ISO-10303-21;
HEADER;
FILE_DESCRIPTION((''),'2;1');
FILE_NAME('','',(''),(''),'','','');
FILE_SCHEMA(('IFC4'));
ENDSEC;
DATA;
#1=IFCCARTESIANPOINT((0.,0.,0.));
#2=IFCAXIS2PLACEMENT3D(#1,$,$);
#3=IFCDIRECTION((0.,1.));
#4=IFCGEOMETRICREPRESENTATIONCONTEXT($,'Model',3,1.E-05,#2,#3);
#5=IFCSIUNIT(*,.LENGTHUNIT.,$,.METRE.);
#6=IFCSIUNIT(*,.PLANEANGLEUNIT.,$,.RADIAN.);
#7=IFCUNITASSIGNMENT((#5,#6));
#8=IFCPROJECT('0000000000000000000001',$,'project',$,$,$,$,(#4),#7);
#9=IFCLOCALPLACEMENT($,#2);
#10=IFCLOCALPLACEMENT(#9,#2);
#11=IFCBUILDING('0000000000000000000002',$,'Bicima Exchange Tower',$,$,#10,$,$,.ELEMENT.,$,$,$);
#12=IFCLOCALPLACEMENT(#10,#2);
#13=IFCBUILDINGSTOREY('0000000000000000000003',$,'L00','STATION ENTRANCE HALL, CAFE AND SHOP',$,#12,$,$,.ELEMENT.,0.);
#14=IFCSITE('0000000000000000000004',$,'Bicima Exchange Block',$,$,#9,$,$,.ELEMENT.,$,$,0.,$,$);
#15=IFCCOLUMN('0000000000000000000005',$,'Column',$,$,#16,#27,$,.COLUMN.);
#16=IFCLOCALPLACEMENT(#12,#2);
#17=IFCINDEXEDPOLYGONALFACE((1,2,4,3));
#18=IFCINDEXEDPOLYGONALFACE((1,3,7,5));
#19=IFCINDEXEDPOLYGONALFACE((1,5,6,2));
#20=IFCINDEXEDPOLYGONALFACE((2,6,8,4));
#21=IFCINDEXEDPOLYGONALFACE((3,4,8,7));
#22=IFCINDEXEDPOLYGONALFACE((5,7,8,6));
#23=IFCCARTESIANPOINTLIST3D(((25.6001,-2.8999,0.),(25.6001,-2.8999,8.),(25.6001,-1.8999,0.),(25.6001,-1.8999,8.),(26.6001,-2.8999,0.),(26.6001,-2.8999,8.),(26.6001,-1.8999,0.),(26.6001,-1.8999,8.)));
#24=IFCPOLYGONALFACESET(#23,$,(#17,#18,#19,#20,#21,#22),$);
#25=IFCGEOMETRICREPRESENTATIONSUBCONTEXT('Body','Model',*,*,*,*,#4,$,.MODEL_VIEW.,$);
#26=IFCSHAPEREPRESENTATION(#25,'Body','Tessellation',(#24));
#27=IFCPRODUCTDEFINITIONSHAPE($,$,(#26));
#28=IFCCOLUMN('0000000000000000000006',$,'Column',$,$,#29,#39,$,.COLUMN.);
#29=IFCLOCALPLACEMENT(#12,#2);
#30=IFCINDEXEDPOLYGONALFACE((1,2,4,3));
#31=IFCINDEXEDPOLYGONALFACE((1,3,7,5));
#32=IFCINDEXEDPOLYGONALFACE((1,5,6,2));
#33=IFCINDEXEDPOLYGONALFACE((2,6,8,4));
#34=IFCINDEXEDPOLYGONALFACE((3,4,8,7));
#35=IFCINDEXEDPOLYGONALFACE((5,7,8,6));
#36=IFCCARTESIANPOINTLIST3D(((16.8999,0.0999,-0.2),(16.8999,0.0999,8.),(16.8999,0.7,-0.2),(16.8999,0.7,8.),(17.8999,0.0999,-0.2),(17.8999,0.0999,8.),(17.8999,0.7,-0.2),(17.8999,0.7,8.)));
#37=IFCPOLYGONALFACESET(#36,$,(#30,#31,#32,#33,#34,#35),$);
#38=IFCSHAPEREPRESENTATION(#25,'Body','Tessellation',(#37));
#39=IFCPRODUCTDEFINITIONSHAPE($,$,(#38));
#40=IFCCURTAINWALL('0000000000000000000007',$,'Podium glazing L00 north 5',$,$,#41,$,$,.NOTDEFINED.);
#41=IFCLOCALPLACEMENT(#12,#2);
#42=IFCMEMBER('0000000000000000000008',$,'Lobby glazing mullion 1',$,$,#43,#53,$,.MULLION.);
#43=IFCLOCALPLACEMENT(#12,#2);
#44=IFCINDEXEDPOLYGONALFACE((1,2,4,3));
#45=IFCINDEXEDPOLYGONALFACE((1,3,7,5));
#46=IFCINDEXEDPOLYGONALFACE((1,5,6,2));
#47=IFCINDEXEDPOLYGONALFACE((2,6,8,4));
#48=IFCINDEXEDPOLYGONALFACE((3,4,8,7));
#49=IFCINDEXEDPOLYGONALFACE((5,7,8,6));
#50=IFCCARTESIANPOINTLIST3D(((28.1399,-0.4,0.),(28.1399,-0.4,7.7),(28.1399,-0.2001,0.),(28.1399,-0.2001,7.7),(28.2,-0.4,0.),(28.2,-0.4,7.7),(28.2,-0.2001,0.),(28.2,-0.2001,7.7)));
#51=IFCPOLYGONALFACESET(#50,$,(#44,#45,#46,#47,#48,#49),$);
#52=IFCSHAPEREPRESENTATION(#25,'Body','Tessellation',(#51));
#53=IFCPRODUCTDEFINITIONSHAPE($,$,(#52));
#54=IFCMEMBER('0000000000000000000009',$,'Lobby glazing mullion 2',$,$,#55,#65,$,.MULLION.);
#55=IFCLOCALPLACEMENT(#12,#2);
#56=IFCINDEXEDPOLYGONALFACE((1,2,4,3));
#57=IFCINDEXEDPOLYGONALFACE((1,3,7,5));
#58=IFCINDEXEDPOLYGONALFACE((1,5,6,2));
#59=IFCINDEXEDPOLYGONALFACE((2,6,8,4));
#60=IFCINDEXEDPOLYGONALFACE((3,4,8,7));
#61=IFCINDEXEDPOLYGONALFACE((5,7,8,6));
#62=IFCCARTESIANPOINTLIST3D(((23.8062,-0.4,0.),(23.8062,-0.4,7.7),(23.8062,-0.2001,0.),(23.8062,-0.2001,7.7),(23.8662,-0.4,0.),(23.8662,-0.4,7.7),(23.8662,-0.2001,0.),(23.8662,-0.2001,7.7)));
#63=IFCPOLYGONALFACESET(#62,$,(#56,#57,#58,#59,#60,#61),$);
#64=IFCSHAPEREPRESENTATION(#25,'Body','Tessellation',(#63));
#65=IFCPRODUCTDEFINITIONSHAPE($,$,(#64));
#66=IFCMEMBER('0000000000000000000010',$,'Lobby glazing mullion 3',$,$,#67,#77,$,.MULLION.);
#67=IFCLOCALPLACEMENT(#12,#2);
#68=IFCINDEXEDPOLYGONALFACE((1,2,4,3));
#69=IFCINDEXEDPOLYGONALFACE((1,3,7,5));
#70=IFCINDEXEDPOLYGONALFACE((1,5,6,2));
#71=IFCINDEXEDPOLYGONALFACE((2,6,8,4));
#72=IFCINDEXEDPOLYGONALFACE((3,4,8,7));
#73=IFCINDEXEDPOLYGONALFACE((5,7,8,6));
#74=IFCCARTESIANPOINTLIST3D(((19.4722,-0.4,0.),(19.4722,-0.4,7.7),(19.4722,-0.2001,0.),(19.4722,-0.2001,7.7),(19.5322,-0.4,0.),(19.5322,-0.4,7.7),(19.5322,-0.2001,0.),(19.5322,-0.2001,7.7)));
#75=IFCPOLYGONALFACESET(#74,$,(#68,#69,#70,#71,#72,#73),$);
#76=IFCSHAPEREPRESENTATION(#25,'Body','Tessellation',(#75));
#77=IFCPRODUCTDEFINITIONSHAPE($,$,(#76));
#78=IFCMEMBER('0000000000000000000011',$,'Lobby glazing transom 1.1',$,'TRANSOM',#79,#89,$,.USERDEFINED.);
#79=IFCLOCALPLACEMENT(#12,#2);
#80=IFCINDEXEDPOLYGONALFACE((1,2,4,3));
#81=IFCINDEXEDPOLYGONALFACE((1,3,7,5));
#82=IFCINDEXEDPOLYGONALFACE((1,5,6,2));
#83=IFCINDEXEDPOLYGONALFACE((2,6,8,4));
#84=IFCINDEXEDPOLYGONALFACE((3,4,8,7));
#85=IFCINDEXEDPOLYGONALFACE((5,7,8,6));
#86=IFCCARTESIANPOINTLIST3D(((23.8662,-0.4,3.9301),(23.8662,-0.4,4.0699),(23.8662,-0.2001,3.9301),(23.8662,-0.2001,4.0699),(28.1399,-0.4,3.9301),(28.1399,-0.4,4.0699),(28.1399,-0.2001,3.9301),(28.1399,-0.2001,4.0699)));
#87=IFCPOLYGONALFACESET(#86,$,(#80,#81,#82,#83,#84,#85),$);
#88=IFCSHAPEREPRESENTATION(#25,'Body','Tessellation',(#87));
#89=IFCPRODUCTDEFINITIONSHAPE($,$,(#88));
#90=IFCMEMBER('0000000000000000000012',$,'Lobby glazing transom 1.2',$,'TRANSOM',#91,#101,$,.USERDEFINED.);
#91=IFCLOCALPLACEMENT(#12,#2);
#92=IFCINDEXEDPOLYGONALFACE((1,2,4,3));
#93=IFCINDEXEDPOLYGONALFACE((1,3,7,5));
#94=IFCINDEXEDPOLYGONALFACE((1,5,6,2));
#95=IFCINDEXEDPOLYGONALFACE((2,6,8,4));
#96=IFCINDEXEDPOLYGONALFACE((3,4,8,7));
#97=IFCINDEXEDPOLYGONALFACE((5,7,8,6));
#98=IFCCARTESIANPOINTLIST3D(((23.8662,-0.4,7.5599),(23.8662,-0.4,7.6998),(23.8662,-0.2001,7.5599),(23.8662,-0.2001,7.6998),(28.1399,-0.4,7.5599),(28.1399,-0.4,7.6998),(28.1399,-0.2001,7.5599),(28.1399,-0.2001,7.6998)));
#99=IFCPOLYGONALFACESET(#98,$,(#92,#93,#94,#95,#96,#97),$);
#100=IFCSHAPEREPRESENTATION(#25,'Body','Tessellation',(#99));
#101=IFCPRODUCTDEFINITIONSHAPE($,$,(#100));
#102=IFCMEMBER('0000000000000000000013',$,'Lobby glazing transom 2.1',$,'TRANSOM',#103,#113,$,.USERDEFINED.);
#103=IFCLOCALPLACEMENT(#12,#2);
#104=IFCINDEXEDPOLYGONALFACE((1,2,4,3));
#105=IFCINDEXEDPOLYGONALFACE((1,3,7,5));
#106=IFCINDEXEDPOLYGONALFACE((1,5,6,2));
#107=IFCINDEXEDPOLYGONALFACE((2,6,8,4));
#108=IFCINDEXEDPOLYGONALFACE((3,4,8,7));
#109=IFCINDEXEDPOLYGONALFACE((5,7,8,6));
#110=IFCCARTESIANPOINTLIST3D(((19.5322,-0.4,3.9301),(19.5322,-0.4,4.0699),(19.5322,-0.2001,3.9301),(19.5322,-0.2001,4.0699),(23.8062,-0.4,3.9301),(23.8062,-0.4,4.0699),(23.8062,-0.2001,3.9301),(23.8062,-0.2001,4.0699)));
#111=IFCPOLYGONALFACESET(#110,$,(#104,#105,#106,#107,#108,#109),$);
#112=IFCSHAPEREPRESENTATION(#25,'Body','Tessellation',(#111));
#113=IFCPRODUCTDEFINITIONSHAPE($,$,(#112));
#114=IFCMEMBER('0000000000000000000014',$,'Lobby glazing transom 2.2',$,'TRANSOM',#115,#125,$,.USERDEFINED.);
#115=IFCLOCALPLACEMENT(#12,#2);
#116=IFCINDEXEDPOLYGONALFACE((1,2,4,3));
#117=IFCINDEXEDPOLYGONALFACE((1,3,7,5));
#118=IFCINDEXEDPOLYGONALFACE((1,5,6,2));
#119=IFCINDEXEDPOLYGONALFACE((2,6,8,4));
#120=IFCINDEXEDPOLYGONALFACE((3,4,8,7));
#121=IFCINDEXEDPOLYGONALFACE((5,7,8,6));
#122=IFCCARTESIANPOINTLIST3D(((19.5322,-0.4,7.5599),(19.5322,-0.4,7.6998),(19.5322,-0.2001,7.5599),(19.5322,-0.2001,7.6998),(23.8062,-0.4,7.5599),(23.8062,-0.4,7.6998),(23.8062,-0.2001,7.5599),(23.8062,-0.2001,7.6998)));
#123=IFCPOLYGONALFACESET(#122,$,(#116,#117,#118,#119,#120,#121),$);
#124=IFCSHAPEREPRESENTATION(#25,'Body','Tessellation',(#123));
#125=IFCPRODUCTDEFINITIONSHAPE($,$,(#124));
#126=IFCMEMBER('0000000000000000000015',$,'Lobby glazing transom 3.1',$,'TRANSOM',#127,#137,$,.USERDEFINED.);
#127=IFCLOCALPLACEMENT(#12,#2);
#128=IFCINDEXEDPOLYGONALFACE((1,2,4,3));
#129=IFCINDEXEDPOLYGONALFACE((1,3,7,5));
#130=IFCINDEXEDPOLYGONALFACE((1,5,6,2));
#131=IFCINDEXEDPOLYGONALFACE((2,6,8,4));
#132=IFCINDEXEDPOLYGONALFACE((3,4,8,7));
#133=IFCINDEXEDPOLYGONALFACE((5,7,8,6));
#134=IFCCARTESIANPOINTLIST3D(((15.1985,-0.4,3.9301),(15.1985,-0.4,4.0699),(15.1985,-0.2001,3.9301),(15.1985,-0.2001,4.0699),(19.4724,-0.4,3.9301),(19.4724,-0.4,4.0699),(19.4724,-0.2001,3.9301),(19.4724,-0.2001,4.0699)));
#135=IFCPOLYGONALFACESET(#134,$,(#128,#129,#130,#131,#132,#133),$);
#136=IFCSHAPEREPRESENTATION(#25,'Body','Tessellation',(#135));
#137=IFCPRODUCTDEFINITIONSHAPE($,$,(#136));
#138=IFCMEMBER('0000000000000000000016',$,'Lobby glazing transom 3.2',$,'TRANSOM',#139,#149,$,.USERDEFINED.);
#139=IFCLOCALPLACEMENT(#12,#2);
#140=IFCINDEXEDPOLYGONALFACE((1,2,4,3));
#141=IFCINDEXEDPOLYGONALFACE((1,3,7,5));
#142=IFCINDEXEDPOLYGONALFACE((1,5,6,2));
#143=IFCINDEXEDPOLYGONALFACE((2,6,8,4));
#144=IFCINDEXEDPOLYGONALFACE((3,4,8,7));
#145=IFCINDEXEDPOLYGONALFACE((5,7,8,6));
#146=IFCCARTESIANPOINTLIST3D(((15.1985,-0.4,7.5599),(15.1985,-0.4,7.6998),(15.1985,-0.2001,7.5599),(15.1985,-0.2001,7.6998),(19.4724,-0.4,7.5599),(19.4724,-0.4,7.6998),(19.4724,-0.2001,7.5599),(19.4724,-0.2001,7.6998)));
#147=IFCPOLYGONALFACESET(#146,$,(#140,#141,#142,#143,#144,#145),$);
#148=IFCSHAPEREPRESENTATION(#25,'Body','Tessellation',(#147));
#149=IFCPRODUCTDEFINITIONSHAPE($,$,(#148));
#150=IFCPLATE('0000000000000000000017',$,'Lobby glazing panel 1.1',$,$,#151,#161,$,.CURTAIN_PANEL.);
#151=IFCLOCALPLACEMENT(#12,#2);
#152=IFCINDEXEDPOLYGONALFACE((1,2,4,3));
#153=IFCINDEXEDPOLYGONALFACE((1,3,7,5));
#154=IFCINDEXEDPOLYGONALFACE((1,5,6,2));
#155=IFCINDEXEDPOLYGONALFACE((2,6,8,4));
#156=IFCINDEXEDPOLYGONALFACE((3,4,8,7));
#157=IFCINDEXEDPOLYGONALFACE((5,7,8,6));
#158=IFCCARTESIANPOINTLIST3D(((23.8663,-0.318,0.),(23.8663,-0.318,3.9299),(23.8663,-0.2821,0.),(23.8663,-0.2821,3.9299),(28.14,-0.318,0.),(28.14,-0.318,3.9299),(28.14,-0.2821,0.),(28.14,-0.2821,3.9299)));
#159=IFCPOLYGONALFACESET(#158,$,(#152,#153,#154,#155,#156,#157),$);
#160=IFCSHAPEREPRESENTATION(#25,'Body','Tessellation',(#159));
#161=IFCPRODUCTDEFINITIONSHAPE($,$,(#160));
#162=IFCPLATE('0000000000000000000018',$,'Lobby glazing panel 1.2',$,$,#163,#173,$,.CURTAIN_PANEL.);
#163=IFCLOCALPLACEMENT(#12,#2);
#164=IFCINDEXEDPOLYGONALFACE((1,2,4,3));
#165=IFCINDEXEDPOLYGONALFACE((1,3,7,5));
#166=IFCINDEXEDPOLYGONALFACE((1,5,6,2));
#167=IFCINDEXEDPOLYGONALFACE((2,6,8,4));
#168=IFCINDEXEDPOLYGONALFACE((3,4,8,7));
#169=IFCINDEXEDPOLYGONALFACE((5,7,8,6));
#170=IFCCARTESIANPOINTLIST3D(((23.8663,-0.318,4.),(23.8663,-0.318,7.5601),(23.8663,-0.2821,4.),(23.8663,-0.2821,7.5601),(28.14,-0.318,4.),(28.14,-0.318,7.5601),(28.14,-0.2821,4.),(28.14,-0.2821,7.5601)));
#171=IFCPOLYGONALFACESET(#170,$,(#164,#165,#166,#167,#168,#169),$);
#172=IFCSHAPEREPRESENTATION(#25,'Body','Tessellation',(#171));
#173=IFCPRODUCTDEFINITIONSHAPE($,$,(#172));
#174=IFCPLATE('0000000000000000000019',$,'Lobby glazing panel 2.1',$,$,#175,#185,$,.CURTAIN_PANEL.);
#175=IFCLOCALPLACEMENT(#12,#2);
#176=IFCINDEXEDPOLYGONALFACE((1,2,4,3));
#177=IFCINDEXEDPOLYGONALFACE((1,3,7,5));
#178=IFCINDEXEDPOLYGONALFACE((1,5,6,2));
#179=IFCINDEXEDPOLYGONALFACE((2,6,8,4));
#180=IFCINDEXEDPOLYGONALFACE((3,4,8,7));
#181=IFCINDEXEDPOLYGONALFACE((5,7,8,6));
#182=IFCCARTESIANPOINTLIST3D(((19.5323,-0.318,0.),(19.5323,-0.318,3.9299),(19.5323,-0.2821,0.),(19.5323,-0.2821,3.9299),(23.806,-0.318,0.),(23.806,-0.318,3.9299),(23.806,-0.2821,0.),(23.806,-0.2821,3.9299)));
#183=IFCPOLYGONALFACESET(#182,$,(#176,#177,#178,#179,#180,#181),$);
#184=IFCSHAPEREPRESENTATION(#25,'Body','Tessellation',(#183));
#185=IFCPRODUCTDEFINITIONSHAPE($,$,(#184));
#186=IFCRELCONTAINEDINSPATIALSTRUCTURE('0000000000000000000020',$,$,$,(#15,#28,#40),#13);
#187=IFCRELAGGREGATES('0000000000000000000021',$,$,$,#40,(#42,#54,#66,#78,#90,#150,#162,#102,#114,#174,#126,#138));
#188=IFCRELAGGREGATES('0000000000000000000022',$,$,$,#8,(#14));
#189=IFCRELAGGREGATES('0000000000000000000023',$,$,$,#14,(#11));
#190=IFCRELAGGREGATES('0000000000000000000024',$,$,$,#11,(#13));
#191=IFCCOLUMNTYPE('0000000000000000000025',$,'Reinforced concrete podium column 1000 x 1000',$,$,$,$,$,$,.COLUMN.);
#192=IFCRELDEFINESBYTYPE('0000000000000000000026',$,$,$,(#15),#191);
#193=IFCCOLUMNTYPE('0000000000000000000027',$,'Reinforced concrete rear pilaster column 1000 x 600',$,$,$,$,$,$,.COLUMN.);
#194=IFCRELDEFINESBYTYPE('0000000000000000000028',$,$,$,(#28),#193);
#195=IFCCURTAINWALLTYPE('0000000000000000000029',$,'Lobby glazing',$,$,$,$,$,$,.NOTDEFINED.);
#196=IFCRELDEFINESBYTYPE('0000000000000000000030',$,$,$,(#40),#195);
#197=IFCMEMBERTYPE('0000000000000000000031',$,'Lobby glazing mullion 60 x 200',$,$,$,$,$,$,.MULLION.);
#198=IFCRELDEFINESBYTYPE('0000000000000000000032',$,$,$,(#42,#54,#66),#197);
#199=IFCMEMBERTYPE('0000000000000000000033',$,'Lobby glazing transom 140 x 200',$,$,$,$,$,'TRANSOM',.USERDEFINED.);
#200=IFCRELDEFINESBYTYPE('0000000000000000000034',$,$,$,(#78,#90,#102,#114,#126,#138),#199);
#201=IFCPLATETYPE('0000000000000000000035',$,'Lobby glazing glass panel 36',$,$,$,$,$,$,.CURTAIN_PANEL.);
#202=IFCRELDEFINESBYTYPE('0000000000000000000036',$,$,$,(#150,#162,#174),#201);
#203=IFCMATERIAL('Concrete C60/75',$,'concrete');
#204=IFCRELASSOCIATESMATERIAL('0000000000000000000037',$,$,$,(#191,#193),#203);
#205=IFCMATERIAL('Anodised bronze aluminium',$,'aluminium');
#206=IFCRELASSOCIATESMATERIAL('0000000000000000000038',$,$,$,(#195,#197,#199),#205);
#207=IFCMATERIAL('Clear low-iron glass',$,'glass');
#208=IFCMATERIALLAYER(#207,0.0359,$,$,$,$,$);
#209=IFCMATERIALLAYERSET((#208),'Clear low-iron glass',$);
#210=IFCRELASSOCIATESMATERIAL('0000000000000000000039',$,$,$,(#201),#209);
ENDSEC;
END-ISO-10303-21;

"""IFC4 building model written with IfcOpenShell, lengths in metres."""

from ifc_helpers import new_model, si_unit, direction, frame, origin, origin_2d, place, context, subcontext, project, spatial, rectangle, extrude, material, layer, layer_set, material_profile, profile_set, type_object, element, aggregate, save


model = new_model("IFC4")

# Units and contexts
model_context = context("Model", 3, precision=1e-05, world=origin(), true_north=direction((0.0, 1.0)))
body_context = subcontext(model_context, "Body", "Model", "MODEL_VIEW")
ifc_project = project(units=[si_unit("LENGTHUNIT", "METRE"), si_unit("PLANEANGLEUNIT", "RADIAN")], contexts=[model_context])

# Site, building, storey
site_placement = place(None, origin())
site = spatial("IfcSite", under=ifc_project, at=site_placement, Name="Bicima Exchange Block", CompositionType="ELEMENT", RefElevation=0.0)
building_placement = place(site_placement, origin())
building = spatial("IfcBuilding", under=site, at=building_placement, Name="Bicima Exchange Tower", CompositionType="ELEMENT")
storey_placement = place(building_placement, origin())
storey = spatial("IfcBuildingStorey", under=building, at=storey_placement, Name="L00", Description="STATION ENTRANCE HALL, CAFE AND SHOP", CompositionType="ELEMENT", Elevation=0.0)

# Columns
ifc_material_1 = material(Name="Concrete C60/75", Category="concrete")
ifc_material_profile_1 = material_profile(ifc_material_1, rectangle(XDim=1.0, YDim=1.0, at=origin_2d()))
ifc_profile_set_1 = profile_set([ifc_material_profile_1], Name="Concrete C60/75")
column_type_1 = type_object("IfcColumnType", Name="Reinforced concrete podium column 1000 x 1000", PredefinedType="COLUMN", material=ifc_profile_set_1)
column_1_placement = place(storey_placement, frame((26.1001, -2.3999, 0.0), z_axis=(0.0, 0.0, 1.0), x_axis=(1.0, 0.0, 0.0)))
element("IfcColumn", 1, at=column_1_placement, inside=storey, type_object=column_type_1, Name="Column", PredefinedType="COLUMN", context=body_context, shape_type="SweptSolid", body=[
    extrude(rectangle(XDim=1.0, YDim=1.0, at=origin_2d()), origin(), (0.0, 0.0, 1.0), 8.0),
])
ifc_material_profile_2 = material_profile(ifc_material_1, rectangle(XDim=1.0, YDim=0.6001, at=origin_2d()))
ifc_profile_set_2 = profile_set([ifc_material_profile_2], Name="Concrete C60/75")
column_type_2 = type_object("IfcColumnType", Name="Reinforced concrete rear pilaster column 1000 x 600", PredefinedType="COLUMN", material=ifc_profile_set_2)
column_2_placement = place(storey_placement, frame((17.3999, 0.3999, -0.2), z_axis=(0.0, 0.0, 1.0), x_axis=(1.0, 0.0, 0.0)))
element("IfcColumn", 2, at=column_2_placement, inside=storey, type_object=column_type_2, Name="Column", PredefinedType="COLUMN", context=body_context, shape_type="SweptSolid", body=[
    extrude(rectangle(XDim=1.0, YDim=0.6001, at=origin_2d()), origin(), (0.0, 0.0, 1.0), 8.2),
])

# Curtain wall, members, plates
ifc_material_2 = material(Name="Anodised bronze aluminium", Category="aluminium")
curtain_wall_type = type_object("IfcCurtainWallType", Name="Lobby glazing", PredefinedType="NOTDEFINED", material=ifc_material_2)
curtain_wall_placement = place(storey_placement, origin())
curtain_wall = element("IfcCurtainWall", 3, at=curtain_wall_placement, inside=storey, type_object=curtain_wall_type, Name="Podium glazing L00 north 5", PredefinedType="NOTDEFINED")
ifc_material_profile_3 = material_profile(ifc_material_2, rectangle(XDim=0.2, YDim=0.0601, at=origin_2d()))
ifc_profile_set_3 = profile_set([ifc_material_profile_3], Name="Anodised bronze aluminium")
member_type_1 = type_object("IfcMemberType", Name="Lobby glazing mullion 60 x 200", PredefinedType="MULLION", material=ifc_profile_set_3)
member_1_placement = place(storey_placement, frame((28.1699, -0.3, 0.0), z_axis=(0.0, 0.0, 1.0), x_axis=(0.0, -1.0, 0.0)))
member_1 = element("IfcMember", 4, at=member_1_placement, type_object=member_type_1, Name="Lobby glazing mullion 1", PredefinedType="MULLION", context=body_context, shape_type="SweptSolid", body=[
    extrude(rectangle(XDim=0.2, YDim=0.0601, at=origin_2d()), origin(), (0.0, 0.0, 1.0), 7.7),
])
member_2_placement = place(storey_placement, frame((23.8362, -0.3, 0.0), z_axis=(0.0, 0.0, 1.0), x_axis=(0.0, -1.0, 0.0)))
member_2 = element("IfcMember", 5, at=member_2_placement, type_object=member_type_1, Name="Lobby glazing mullion 2", PredefinedType="MULLION", context=body_context, shape_type="SweptSolid", body=[
    extrude(rectangle(XDim=0.2, YDim=0.0601, at=origin_2d()), origin(), (0.0, 0.0, 1.0), 7.7),
])
member_3_placement = place(storey_placement, frame((19.5022, -0.3, 0.0), z_axis=(0.0, 0.0, 1.0), x_axis=(0.0, -1.0, 0.0)))
member_3 = element("IfcMember", 6, at=member_3_placement, type_object=member_type_1, Name="Lobby glazing mullion 3", PredefinedType="MULLION", context=body_context, shape_type="SweptSolid", body=[
    extrude(rectangle(XDim=0.2, YDim=0.0601, at=origin_2d()), origin(), (0.0, 0.0, 1.0), 7.7),
])
ifc_material_profile_4 = material_profile(ifc_material_2, rectangle(XDim=0.2, YDim=0.1399, at=origin_2d()))
ifc_profile_set_4 = profile_set([ifc_material_profile_4], Name="Anodised bronze aluminium")
member_type_2 = type_object("IfcMemberType", Name="Lobby glazing transom 140 x 200", ElementType="TRANSOM", PredefinedType="USERDEFINED", material=ifc_profile_set_4)
member_4_placement = place(storey_placement, frame((28.1399, -0.3, 4.0), z_axis=(-1.0, 0.0, 0.0), x_axis=(0.0, -1.0, 0.0)))
member_4 = element("IfcMember", 7, at=member_4_placement, type_object=member_type_2, Name="Lobby glazing transom 1.1", ObjectType="TRANSOM", PredefinedType="USERDEFINED", context=body_context, shape_type="SweptSolid", body=[
    extrude(rectangle(XDim=0.2, YDim=0.1399, at=origin_2d()), origin(), (0.0, 0.0, 1.0), 4.2737),
])
member_5_placement = place(storey_placement, frame((28.1399, -0.3, 7.6299), z_axis=(-1.0, 0.0, 0.0), x_axis=(0.0, -1.0, 0.0)))
member_5 = element("IfcMember", 8, at=member_5_placement, type_object=member_type_2, Name="Lobby glazing transom 1.2", ObjectType="TRANSOM", PredefinedType="USERDEFINED", context=body_context, shape_type="SweptSolid", body=[
    extrude(rectangle(XDim=0.2, YDim=0.1399, at=origin_2d()), origin(), (0.0, 0.0, 1.0), 4.2737),
])
member_6_placement = place(storey_placement, frame((23.8062, -0.3, 4.0), z_axis=(-1.0, 0.0, 0.0), x_axis=(0.0, -1.0, 0.0)))
member_6 = element("IfcMember", 9, at=member_6_placement, type_object=member_type_2, Name="Lobby glazing transom 2.1", ObjectType="TRANSOM", PredefinedType="USERDEFINED", context=body_context, shape_type="SweptSolid", body=[
    extrude(rectangle(XDim=0.2, YDim=0.1399, at=origin_2d()), origin(), (0.0, 0.0, 1.0), 4.2739),
])
member_7_placement = place(storey_placement, frame((23.8062, -0.3, 7.6299), z_axis=(-1.0, 0.0, 0.0), x_axis=(0.0, -1.0, 0.0)))
member_7 = element("IfcMember", 10, at=member_7_placement, type_object=member_type_2, Name="Lobby glazing transom 2.2", ObjectType="TRANSOM", PredefinedType="USERDEFINED", context=body_context, shape_type="SweptSolid", body=[
    extrude(rectangle(XDim=0.2, YDim=0.1399, at=origin_2d()), origin(), (0.0, 0.0, 1.0), 4.2739),
])
member_8_placement = place(storey_placement, frame((19.4724, -0.3, 4.0), z_axis=(-1.0, 0.0, 0.0), x_axis=(0.0, -1.0, 0.0)))
member_8 = element("IfcMember", 11, at=member_8_placement, type_object=member_type_2, Name="Lobby glazing transom 3.1", ObjectType="TRANSOM", PredefinedType="USERDEFINED", context=body_context, shape_type="SweptSolid", body=[
    extrude(rectangle(XDim=0.2, YDim=0.1399, at=origin_2d()), origin(), (0.0, 0.0, 1.0), 4.2739),
])
member_9_placement = place(storey_placement, frame((19.4724, -0.3, 7.6299), z_axis=(-1.0, 0.0, 0.0), x_axis=(0.0, -1.0, 0.0)))
member_9 = element("IfcMember", 12, at=member_9_placement, type_object=member_type_2, Name="Lobby glazing transom 3.2", ObjectType="TRANSOM", PredefinedType="USERDEFINED", context=body_context, shape_type="SweptSolid", body=[
    extrude(rectangle(XDim=0.2, YDim=0.1399, at=origin_2d()), origin(), (0.0, 0.0, 1.0), 4.2739),
])
ifc_material_3 = material(Name="Clear low-iron glass", Category="glass")
ifc_layer_1 = layer(ifc_material_3, 0.0359)
ifc_layer_set_1 = layer_set([ifc_layer_1], Name="Clear low-iron glass")
plate_type = type_object("IfcPlateType", Name="Lobby glazing glass panel 36", PredefinedType="CURTAIN_PANEL", material=ifc_layer_set_1)
plate_1_placement = place(storey_placement, frame((26.0032, -0.3, 0.0), z_axis=(0.0, 0.0, 1.0), x_axis=(-1.0, 0.0, 0.0)))
plate_1 = element("IfcPlate", 13, at=plate_1_placement, type_object=plate_type, Name="Lobby glazing panel 1.1", PredefinedType="CURTAIN_PANEL", context=body_context, shape_type="SweptSolid", body=[
    extrude(rectangle(XDim=4.2737, YDim=0.0359, at=origin_2d()), origin(), (0.0, 0.0, 1.0), 3.9299),
])
plate_2_placement = place(storey_placement, frame((26.0032, -0.3, 4.0), z_axis=(0.0, 0.0, 1.0), x_axis=(-1.0, 0.0, 0.0)))
plate_2 = element("IfcPlate", 14, at=plate_2_placement, type_object=plate_type, Name="Lobby glazing panel 1.2", PredefinedType="CURTAIN_PANEL", context=body_context, shape_type="SweptSolid", body=[
    extrude(rectangle(XDim=4.2737, YDim=0.0359, at=origin_2d()), origin(), (0.0, 0.0, 1.0), 3.5601),
])
plate_3_placement = place(storey_placement, frame((21.6692, -0.3, 0.0), z_axis=(0.0, 0.0, 1.0), x_axis=(-1.0, 0.0, 0.0)))
plate_3 = element("IfcPlate", 15, at=plate_3_placement, type_object=plate_type, Name="Lobby glazing panel 2.1", PredefinedType="CURTAIN_PANEL", context=body_context, shape_type="SweptSolid", body=[
    extrude(rectangle(XDim=4.2737, YDim=0.0359, at=origin_2d()), origin(), (0.0, 0.0, 1.0), 3.9299),
])
aggregate(curtain_wall, [member_1, member_2, member_3, member_4, member_5, plate_1, plate_2, member_6, member_7, plate_3, member_8, member_9])

save(model, "model.ifc")
